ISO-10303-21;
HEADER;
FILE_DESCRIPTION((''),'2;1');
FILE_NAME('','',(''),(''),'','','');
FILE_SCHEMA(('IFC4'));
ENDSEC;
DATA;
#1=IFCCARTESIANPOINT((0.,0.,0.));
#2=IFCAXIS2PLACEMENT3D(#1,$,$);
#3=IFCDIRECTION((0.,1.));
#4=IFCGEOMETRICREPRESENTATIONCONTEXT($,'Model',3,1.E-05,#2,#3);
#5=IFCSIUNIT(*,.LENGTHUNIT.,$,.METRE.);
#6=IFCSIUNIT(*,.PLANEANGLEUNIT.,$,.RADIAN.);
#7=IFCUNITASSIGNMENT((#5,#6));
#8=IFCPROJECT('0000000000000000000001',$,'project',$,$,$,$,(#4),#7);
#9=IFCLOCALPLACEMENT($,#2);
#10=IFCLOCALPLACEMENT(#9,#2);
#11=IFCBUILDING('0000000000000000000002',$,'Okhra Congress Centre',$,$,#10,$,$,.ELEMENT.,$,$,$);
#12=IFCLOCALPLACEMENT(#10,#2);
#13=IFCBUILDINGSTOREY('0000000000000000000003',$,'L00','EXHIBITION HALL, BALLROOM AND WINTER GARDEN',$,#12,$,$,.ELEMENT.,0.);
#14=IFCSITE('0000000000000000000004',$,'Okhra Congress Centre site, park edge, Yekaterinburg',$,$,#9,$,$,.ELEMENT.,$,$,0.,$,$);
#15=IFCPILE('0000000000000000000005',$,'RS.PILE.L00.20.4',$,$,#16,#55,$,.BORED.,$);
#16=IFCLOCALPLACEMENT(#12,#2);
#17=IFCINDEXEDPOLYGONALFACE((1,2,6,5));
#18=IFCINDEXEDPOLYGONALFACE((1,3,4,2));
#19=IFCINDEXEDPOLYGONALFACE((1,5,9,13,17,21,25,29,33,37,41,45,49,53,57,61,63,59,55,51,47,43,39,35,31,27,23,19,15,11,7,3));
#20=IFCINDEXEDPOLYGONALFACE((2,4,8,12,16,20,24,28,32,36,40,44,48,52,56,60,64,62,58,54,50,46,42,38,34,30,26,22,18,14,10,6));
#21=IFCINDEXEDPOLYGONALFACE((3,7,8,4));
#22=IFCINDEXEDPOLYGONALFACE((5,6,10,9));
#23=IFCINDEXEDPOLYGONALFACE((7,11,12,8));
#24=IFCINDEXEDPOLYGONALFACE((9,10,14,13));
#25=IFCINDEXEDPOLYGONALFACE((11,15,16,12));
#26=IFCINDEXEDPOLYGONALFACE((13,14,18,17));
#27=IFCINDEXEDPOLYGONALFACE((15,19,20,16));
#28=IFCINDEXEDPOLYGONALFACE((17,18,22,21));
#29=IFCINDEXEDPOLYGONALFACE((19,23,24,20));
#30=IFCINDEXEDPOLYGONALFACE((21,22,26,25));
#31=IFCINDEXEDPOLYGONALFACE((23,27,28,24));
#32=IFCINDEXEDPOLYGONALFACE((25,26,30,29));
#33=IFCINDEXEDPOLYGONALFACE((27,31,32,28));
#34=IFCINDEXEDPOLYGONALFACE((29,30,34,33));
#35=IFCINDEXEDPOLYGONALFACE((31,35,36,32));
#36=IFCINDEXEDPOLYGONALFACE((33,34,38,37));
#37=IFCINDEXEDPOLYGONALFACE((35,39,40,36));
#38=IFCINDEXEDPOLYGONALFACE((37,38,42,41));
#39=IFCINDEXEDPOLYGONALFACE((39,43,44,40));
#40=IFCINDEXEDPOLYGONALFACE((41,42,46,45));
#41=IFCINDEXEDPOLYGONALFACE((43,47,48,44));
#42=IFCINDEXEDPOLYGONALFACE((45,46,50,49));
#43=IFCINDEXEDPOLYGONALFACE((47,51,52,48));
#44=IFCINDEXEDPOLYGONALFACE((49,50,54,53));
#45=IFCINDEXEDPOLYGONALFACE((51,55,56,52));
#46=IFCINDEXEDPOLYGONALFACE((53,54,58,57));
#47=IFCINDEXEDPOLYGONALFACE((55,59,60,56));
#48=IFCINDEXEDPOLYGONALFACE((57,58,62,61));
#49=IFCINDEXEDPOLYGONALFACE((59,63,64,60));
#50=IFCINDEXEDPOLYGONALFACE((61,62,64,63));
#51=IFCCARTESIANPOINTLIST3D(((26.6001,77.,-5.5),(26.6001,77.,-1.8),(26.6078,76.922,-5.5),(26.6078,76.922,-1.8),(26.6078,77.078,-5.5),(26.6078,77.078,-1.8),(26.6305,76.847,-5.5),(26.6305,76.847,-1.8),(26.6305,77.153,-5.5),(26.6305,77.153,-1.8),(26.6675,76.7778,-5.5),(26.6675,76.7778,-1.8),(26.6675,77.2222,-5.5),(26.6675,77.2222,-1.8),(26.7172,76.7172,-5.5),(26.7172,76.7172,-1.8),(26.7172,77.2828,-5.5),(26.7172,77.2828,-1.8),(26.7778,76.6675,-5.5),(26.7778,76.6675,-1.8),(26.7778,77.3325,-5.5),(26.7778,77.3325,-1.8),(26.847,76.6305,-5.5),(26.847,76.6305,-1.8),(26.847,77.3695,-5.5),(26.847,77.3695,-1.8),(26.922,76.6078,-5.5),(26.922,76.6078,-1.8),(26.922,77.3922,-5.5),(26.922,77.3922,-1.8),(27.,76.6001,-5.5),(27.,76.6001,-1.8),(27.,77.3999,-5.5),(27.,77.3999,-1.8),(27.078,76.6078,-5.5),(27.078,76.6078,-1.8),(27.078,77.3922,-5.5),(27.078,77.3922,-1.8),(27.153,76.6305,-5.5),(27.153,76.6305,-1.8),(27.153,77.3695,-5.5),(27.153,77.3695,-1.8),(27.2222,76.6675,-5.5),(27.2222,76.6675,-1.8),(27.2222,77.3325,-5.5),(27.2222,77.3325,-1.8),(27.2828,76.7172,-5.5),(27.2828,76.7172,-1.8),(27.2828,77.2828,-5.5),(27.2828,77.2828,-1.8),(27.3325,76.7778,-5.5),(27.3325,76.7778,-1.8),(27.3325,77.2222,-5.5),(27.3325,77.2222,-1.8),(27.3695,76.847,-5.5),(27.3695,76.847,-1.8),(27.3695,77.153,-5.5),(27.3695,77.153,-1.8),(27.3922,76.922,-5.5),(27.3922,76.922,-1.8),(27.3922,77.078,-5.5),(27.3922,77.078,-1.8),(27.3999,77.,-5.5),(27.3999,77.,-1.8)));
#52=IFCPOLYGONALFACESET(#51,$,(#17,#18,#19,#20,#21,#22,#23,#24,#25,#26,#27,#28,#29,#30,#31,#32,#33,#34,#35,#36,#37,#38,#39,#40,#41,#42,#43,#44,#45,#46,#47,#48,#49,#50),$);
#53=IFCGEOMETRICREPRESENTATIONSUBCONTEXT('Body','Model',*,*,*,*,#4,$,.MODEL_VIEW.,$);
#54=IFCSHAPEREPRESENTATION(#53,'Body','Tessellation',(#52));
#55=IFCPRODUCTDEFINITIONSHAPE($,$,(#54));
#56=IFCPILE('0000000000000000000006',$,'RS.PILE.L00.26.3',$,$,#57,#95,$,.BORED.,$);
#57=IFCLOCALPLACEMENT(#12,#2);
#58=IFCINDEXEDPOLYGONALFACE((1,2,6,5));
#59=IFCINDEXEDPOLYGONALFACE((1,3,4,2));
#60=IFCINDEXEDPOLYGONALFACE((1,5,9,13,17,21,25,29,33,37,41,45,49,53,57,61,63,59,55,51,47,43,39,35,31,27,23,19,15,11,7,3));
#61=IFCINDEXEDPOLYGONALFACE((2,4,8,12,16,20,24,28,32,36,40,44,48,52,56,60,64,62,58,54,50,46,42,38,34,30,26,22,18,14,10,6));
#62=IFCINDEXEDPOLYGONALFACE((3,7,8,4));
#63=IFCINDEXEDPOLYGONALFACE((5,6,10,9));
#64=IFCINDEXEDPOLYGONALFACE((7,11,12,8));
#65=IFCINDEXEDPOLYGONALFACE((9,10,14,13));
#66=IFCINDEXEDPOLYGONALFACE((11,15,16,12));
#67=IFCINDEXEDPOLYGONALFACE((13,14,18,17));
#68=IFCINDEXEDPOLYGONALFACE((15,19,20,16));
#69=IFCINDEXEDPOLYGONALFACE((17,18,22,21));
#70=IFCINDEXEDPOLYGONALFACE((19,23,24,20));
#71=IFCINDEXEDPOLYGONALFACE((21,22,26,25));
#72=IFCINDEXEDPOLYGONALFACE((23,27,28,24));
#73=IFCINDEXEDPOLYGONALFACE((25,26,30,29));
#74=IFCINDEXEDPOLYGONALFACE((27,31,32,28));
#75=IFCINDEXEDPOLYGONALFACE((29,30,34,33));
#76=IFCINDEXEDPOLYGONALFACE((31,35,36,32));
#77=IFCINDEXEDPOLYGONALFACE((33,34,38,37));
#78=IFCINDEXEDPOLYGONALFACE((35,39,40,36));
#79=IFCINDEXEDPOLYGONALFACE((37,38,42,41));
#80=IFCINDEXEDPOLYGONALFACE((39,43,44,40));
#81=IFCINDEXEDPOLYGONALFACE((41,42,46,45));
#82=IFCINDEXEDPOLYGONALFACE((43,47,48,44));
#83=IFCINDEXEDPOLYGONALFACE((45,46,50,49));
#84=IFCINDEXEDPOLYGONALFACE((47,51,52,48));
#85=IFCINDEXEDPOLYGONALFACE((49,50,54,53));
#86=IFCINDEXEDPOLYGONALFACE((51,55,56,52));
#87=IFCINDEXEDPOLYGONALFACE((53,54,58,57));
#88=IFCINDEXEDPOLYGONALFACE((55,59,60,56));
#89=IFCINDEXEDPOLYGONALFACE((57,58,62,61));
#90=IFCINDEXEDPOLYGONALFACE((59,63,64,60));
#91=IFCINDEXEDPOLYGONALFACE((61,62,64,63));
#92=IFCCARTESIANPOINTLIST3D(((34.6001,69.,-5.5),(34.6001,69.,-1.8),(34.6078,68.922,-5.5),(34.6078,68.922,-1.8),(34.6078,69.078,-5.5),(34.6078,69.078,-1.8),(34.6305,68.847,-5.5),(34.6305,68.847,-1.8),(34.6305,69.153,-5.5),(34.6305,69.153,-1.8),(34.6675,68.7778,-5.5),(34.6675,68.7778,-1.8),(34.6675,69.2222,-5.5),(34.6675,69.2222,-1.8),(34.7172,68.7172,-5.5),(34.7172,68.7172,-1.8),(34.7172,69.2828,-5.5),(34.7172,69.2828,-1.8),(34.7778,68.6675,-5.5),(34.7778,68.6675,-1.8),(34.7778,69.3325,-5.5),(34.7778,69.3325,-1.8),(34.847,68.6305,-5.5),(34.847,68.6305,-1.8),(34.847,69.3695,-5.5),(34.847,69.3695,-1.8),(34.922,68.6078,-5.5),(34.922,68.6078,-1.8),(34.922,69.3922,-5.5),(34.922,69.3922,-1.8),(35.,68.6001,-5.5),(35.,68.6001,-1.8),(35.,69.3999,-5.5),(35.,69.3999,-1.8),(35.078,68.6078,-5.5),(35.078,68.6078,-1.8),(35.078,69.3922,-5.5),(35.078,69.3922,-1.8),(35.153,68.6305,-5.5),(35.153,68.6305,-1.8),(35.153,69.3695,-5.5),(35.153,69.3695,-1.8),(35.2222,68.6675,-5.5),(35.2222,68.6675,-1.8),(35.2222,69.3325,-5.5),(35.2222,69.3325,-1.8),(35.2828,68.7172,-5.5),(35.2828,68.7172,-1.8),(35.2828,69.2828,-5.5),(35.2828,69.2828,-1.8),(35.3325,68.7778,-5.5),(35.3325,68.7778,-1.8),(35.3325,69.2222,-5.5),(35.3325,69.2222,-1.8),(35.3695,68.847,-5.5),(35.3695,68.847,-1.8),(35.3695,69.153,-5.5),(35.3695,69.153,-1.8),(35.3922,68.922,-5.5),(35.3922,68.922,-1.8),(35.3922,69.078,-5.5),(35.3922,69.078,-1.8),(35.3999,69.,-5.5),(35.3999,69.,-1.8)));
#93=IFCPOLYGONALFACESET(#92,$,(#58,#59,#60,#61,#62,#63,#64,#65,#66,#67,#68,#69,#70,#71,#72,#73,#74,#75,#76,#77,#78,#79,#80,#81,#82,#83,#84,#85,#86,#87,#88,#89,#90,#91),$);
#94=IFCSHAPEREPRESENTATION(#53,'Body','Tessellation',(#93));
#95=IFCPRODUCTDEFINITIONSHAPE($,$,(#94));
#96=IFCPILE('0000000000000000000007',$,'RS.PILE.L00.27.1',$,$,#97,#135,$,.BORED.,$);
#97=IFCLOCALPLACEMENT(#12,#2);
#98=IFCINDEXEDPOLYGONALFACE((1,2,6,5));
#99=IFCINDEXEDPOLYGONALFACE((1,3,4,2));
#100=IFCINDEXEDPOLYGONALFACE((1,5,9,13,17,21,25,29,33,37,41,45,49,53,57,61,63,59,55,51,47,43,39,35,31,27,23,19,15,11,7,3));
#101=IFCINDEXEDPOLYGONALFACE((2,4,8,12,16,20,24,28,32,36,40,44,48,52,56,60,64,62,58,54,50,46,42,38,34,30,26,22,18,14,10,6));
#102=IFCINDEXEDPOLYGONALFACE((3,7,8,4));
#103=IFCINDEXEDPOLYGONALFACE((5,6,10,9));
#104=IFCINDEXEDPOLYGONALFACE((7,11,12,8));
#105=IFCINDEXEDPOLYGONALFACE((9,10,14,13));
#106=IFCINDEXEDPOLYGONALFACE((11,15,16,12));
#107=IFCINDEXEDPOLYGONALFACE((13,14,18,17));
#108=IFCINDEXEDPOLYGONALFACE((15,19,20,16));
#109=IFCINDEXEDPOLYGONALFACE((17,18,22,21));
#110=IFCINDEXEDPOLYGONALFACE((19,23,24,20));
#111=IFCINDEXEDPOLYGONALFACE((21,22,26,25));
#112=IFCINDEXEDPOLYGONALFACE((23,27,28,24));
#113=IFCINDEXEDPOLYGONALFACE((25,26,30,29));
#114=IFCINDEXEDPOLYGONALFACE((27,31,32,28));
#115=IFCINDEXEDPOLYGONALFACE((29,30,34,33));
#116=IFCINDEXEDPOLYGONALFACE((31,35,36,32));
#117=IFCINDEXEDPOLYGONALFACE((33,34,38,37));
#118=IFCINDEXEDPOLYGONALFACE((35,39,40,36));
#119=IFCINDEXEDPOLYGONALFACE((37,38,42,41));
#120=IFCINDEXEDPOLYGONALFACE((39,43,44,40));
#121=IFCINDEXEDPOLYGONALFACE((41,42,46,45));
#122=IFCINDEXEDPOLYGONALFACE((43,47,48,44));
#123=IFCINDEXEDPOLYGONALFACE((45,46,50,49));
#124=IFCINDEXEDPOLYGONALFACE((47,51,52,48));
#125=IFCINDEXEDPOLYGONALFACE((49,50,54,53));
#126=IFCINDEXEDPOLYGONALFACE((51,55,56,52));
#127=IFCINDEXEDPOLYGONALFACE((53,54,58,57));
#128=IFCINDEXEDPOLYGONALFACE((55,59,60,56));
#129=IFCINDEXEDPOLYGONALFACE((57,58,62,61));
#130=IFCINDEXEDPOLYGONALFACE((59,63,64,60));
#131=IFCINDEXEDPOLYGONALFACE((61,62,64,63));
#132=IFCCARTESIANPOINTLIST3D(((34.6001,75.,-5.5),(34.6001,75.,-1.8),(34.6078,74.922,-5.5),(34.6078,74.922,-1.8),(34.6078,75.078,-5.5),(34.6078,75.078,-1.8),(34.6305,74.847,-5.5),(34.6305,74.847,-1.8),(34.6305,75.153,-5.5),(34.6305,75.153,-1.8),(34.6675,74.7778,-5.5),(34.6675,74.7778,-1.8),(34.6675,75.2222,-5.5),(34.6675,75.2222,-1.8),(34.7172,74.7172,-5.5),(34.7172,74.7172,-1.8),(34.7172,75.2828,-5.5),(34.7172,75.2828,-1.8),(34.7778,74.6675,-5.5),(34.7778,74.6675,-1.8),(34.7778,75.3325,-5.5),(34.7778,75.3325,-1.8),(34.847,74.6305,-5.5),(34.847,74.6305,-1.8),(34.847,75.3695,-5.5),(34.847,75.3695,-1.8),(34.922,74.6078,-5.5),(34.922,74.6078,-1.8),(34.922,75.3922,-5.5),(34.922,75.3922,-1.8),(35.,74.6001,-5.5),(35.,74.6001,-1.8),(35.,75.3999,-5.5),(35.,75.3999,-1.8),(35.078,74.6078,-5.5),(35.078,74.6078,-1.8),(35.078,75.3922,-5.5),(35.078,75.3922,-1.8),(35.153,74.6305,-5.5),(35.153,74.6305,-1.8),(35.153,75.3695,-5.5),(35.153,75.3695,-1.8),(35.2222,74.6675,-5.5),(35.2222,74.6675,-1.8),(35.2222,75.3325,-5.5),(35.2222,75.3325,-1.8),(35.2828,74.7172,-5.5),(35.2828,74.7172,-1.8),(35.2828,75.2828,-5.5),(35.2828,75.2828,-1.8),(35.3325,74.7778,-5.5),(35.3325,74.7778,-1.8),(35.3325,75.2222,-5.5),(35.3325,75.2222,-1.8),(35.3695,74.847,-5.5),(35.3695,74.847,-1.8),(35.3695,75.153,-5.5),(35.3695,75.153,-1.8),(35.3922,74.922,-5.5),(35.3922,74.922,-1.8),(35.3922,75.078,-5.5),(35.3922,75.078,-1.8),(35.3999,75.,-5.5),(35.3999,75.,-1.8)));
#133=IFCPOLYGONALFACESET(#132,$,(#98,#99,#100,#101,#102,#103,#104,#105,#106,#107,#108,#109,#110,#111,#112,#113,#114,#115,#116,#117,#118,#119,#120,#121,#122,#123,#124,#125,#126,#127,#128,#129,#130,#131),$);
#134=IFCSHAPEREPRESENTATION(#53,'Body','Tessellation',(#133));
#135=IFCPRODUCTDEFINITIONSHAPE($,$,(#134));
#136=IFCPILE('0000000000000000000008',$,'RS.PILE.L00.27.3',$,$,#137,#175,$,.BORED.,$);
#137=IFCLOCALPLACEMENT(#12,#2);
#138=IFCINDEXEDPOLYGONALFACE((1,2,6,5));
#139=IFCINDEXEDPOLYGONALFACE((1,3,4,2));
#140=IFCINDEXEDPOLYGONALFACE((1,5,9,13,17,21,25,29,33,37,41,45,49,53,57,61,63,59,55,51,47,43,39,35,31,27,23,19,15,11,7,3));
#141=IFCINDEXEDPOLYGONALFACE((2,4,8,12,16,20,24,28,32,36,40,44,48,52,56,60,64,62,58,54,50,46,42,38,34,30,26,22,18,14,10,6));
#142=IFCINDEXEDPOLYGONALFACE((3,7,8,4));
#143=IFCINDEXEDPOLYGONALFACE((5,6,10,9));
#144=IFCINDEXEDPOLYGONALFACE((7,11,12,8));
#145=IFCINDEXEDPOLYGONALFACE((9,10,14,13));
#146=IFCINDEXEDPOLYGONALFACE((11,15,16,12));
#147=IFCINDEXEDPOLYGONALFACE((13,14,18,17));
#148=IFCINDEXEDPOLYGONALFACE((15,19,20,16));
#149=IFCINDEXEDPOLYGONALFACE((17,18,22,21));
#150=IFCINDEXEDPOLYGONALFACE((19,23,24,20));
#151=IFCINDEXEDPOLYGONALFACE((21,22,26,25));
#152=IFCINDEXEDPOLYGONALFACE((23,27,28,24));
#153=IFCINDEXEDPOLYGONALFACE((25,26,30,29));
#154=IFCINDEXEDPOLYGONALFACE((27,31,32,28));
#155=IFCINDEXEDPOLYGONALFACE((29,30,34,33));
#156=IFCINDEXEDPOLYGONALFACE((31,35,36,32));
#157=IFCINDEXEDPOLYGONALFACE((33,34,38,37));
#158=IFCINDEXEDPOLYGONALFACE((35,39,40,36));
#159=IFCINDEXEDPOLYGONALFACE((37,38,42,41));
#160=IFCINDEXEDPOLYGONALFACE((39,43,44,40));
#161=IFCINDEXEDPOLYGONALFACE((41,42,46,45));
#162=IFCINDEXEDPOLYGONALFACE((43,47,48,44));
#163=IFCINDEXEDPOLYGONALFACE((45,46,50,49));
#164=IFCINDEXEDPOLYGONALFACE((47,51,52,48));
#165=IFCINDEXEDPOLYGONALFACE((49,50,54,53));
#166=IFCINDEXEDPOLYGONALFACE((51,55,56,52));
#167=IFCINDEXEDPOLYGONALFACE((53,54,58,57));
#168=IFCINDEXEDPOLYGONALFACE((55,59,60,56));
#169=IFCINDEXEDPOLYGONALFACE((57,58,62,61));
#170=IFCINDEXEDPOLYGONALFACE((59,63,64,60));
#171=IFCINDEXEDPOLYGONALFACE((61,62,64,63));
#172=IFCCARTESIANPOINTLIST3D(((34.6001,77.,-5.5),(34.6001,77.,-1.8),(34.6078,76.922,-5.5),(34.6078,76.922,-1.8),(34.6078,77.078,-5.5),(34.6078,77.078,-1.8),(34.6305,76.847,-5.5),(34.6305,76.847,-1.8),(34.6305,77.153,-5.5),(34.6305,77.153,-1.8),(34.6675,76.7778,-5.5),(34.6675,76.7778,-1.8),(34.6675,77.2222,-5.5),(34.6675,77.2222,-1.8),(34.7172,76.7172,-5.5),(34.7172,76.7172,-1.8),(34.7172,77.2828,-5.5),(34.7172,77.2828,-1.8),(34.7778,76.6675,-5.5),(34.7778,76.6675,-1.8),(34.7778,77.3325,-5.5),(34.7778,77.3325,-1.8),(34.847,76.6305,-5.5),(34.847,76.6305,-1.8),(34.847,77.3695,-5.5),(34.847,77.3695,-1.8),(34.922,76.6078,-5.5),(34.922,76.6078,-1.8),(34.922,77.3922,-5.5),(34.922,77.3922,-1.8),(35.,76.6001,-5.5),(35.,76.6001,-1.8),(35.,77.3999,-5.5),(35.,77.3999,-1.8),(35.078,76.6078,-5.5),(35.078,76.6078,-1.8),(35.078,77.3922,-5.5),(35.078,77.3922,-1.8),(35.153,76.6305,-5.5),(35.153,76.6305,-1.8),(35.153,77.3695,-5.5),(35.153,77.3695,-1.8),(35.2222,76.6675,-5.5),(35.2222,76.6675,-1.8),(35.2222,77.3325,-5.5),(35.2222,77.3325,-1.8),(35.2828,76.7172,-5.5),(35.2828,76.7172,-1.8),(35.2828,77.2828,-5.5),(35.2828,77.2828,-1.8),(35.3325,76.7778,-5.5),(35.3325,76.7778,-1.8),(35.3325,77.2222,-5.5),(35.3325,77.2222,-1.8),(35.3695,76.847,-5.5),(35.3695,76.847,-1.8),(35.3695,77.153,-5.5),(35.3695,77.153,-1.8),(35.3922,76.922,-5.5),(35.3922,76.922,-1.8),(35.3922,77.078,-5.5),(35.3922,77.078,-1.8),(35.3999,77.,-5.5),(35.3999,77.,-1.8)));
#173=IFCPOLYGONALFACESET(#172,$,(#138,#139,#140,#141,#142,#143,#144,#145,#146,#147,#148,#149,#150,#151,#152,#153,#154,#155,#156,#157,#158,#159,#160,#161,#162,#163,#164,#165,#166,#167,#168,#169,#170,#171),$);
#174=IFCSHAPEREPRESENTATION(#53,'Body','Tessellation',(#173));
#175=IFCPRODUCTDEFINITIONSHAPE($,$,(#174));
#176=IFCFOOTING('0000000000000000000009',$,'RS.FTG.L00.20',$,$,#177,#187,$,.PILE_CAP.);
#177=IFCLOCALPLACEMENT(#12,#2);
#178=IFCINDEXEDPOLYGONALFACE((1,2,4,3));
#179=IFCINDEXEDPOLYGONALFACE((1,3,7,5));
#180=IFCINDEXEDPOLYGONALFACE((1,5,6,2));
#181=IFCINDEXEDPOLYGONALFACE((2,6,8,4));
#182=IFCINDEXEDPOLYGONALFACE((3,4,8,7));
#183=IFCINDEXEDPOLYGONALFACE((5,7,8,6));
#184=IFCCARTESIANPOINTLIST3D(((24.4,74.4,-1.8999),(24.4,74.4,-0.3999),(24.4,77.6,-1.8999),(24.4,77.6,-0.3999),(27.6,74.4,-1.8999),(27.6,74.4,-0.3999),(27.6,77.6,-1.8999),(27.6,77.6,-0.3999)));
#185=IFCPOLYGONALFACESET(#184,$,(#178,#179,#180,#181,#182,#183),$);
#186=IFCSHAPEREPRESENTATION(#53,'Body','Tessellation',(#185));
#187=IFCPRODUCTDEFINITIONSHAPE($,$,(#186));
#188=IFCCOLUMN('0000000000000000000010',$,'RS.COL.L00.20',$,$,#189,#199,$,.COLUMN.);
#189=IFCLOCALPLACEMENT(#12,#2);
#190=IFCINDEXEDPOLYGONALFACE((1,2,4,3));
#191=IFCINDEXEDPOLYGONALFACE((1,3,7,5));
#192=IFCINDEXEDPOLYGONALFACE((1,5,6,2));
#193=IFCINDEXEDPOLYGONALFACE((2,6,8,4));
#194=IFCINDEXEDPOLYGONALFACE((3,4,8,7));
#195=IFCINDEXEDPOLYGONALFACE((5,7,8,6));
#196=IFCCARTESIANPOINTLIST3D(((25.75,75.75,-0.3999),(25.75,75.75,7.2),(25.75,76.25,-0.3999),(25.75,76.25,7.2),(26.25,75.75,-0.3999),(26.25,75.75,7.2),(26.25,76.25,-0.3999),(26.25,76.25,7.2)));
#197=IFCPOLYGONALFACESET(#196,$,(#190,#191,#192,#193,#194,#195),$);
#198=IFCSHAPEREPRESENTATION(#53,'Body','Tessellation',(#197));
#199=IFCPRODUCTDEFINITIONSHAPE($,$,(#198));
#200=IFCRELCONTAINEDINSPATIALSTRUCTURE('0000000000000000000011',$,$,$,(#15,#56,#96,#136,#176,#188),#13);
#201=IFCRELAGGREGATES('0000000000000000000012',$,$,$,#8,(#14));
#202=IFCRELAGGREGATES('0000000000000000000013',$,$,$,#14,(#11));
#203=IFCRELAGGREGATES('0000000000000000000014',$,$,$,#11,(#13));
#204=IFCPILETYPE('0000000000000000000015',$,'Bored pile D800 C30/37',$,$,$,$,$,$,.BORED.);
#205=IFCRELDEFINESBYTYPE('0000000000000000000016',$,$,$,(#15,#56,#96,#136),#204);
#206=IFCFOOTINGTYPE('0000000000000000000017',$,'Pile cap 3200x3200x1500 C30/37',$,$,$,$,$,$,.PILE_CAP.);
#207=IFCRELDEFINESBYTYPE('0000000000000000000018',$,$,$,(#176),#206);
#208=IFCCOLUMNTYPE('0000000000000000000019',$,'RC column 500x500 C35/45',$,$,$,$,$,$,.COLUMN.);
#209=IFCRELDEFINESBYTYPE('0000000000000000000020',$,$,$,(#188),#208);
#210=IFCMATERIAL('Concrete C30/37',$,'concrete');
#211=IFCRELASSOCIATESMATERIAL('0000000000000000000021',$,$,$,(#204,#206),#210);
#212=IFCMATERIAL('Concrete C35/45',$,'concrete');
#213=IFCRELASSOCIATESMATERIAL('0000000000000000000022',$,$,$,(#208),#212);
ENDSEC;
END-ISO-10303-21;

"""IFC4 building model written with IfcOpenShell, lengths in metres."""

from ifc_helpers import new_model, si_unit, direction, frame, origin, origin_2d, place, context, subcontext, project, spatial, rectangle, circle, extrude, material, material_profile, profile_set, type_object, element, save


model = new_model("IFC4")

# Units and contexts
model_context = context("Model", 3, precision=1e-05, world=origin(), true_north=direction((0.0, 1.0)))
body_context = subcontext(model_context, "Body", "Model", "MODEL_VIEW")
ifc_project = project(units=[si_unit("LENGTHUNIT", "METRE"), si_unit("PLANEANGLEUNIT", "RADIAN")], contexts=[model_context])

# Site, building, storey
site_placement = place(None, origin())
site = spatial("IfcSite", under=ifc_project, at=site_placement, Name="Okhra Congress Centre site, park edge, Yekaterinburg", CompositionType="ELEMENT", RefElevation=0.0)
building_placement = place(site_placement, origin())
building = spatial("IfcBuilding", under=site, at=building_placement, Name="Okhra Congress Centre", CompositionType="ELEMENT")
storey_placement = place(building_placement, origin())
storey = spatial("IfcBuildingStorey", under=building, at=storey_placement, Name="L00", Description="EXHIBITION HALL, BALLROOM AND WINTER GARDEN", CompositionType="ELEMENT", Elevation=0.0)

# Piles
ifc_material_1 = material(Name="Concrete C30/37", Category="concrete")
ifc_material_profile_1 = material_profile(ifc_material_1, circle(Radius=0.3999, at=origin_2d()), Name="D800")
ifc_profile_set_1 = profile_set([ifc_material_profile_1], Name="Concrete C30/37")
pile_type = type_object("IfcPileType", Name="Bored pile D800 C30/37", PredefinedType="BORED", material=ifc_profile_set_1)
for number, where, z_axis, x_axis, name in (
    (1, (27.0, 77.0, -1.8), (0.0, 0.0, -1.0), (1.0, 0.0, 0.0), "RS.PILE.L00.20.4"),
    (2, (35.0, 69.0, -1.8), (0.0, 0.0, -1.0), (1.0, 0.0, 0.0), "RS.PILE.L00.26.3"),
    (3, (35.0, 75.0, -1.8), (0.0, 0.0, -1.0), (1.0, 0.0, 0.0), "RS.PILE.L00.27.1"),
    (4, (35.0, 77.0, -1.8), (0.0, 0.0, -1.0), (1.0, 0.0, 0.0), "RS.PILE.L00.27.3"),
):
    element("IfcPile", number, at=place(storey_placement, frame(where, z_axis=z_axis, x_axis=x_axis)), inside=storey, type_object=pile_type, Name=name, PredefinedType="BORED", context=body_context, shape_type="SweptSolid", body=[
        extrude(circle(Radius=0.3999, at=origin_2d()), origin(), (0.0, 0.0, 1.0), 3.7),
    ])

# Footing
footing_type = type_object("IfcFootingType", Name="Pile cap 3200x3200x1500 C30/37", PredefinedType="PILE_CAP", material=ifc_material_1)
footing_placement = place(storey_placement, frame((26.0, 76.0, -1.8999), z_axis=(0.0, 0.0, 1.0), x_axis=(1.0, 0.0, 0.0)))
element("IfcFooting", 5, at=footing_placement, inside=storey, type_object=footing_type, Name="RS.FTG.L00.20", PredefinedType="PILE_CAP", context=body_context, shape_type="SweptSolid", body=[
    extrude(rectangle(XDim=3.2, YDim=3.2, at=origin_2d()), origin(), (0.0, 0.0, 1.0), 1.5),
])

# Column
ifc_material_2 = material(Name="Concrete C35/45", Category="concrete")
ifc_material_profile_2 = material_profile(ifc_material_2, rectangle(XDim=0.5, YDim=0.5, at=origin_2d()), Name="RC 500x500")
ifc_profile_set_2 = profile_set([ifc_material_profile_2], Name="Concrete C35/45")
column_type = type_object("IfcColumnType", Name="RC column 500x500 C35/45", PredefinedType="COLUMN", material=ifc_profile_set_2)
column_placement = place(storey_placement, frame((26.0, 76.0, -0.3999), z_axis=(0.0, 0.0, 1.0), x_axis=(1.0, 0.0, 0.0)))
element("IfcColumn", 6, at=column_placement, inside=storey, type_object=column_type, Name="RS.COL.L00.20", PredefinedType="COLUMN", context=body_context, shape_type="SweptSolid", body=[
    extrude(rectangle(XDim=0.5, YDim=0.5, at=origin_2d()), origin(), (0.0, 0.0, 1.0), 7.5999),
])

save(model, "model.ifc")
